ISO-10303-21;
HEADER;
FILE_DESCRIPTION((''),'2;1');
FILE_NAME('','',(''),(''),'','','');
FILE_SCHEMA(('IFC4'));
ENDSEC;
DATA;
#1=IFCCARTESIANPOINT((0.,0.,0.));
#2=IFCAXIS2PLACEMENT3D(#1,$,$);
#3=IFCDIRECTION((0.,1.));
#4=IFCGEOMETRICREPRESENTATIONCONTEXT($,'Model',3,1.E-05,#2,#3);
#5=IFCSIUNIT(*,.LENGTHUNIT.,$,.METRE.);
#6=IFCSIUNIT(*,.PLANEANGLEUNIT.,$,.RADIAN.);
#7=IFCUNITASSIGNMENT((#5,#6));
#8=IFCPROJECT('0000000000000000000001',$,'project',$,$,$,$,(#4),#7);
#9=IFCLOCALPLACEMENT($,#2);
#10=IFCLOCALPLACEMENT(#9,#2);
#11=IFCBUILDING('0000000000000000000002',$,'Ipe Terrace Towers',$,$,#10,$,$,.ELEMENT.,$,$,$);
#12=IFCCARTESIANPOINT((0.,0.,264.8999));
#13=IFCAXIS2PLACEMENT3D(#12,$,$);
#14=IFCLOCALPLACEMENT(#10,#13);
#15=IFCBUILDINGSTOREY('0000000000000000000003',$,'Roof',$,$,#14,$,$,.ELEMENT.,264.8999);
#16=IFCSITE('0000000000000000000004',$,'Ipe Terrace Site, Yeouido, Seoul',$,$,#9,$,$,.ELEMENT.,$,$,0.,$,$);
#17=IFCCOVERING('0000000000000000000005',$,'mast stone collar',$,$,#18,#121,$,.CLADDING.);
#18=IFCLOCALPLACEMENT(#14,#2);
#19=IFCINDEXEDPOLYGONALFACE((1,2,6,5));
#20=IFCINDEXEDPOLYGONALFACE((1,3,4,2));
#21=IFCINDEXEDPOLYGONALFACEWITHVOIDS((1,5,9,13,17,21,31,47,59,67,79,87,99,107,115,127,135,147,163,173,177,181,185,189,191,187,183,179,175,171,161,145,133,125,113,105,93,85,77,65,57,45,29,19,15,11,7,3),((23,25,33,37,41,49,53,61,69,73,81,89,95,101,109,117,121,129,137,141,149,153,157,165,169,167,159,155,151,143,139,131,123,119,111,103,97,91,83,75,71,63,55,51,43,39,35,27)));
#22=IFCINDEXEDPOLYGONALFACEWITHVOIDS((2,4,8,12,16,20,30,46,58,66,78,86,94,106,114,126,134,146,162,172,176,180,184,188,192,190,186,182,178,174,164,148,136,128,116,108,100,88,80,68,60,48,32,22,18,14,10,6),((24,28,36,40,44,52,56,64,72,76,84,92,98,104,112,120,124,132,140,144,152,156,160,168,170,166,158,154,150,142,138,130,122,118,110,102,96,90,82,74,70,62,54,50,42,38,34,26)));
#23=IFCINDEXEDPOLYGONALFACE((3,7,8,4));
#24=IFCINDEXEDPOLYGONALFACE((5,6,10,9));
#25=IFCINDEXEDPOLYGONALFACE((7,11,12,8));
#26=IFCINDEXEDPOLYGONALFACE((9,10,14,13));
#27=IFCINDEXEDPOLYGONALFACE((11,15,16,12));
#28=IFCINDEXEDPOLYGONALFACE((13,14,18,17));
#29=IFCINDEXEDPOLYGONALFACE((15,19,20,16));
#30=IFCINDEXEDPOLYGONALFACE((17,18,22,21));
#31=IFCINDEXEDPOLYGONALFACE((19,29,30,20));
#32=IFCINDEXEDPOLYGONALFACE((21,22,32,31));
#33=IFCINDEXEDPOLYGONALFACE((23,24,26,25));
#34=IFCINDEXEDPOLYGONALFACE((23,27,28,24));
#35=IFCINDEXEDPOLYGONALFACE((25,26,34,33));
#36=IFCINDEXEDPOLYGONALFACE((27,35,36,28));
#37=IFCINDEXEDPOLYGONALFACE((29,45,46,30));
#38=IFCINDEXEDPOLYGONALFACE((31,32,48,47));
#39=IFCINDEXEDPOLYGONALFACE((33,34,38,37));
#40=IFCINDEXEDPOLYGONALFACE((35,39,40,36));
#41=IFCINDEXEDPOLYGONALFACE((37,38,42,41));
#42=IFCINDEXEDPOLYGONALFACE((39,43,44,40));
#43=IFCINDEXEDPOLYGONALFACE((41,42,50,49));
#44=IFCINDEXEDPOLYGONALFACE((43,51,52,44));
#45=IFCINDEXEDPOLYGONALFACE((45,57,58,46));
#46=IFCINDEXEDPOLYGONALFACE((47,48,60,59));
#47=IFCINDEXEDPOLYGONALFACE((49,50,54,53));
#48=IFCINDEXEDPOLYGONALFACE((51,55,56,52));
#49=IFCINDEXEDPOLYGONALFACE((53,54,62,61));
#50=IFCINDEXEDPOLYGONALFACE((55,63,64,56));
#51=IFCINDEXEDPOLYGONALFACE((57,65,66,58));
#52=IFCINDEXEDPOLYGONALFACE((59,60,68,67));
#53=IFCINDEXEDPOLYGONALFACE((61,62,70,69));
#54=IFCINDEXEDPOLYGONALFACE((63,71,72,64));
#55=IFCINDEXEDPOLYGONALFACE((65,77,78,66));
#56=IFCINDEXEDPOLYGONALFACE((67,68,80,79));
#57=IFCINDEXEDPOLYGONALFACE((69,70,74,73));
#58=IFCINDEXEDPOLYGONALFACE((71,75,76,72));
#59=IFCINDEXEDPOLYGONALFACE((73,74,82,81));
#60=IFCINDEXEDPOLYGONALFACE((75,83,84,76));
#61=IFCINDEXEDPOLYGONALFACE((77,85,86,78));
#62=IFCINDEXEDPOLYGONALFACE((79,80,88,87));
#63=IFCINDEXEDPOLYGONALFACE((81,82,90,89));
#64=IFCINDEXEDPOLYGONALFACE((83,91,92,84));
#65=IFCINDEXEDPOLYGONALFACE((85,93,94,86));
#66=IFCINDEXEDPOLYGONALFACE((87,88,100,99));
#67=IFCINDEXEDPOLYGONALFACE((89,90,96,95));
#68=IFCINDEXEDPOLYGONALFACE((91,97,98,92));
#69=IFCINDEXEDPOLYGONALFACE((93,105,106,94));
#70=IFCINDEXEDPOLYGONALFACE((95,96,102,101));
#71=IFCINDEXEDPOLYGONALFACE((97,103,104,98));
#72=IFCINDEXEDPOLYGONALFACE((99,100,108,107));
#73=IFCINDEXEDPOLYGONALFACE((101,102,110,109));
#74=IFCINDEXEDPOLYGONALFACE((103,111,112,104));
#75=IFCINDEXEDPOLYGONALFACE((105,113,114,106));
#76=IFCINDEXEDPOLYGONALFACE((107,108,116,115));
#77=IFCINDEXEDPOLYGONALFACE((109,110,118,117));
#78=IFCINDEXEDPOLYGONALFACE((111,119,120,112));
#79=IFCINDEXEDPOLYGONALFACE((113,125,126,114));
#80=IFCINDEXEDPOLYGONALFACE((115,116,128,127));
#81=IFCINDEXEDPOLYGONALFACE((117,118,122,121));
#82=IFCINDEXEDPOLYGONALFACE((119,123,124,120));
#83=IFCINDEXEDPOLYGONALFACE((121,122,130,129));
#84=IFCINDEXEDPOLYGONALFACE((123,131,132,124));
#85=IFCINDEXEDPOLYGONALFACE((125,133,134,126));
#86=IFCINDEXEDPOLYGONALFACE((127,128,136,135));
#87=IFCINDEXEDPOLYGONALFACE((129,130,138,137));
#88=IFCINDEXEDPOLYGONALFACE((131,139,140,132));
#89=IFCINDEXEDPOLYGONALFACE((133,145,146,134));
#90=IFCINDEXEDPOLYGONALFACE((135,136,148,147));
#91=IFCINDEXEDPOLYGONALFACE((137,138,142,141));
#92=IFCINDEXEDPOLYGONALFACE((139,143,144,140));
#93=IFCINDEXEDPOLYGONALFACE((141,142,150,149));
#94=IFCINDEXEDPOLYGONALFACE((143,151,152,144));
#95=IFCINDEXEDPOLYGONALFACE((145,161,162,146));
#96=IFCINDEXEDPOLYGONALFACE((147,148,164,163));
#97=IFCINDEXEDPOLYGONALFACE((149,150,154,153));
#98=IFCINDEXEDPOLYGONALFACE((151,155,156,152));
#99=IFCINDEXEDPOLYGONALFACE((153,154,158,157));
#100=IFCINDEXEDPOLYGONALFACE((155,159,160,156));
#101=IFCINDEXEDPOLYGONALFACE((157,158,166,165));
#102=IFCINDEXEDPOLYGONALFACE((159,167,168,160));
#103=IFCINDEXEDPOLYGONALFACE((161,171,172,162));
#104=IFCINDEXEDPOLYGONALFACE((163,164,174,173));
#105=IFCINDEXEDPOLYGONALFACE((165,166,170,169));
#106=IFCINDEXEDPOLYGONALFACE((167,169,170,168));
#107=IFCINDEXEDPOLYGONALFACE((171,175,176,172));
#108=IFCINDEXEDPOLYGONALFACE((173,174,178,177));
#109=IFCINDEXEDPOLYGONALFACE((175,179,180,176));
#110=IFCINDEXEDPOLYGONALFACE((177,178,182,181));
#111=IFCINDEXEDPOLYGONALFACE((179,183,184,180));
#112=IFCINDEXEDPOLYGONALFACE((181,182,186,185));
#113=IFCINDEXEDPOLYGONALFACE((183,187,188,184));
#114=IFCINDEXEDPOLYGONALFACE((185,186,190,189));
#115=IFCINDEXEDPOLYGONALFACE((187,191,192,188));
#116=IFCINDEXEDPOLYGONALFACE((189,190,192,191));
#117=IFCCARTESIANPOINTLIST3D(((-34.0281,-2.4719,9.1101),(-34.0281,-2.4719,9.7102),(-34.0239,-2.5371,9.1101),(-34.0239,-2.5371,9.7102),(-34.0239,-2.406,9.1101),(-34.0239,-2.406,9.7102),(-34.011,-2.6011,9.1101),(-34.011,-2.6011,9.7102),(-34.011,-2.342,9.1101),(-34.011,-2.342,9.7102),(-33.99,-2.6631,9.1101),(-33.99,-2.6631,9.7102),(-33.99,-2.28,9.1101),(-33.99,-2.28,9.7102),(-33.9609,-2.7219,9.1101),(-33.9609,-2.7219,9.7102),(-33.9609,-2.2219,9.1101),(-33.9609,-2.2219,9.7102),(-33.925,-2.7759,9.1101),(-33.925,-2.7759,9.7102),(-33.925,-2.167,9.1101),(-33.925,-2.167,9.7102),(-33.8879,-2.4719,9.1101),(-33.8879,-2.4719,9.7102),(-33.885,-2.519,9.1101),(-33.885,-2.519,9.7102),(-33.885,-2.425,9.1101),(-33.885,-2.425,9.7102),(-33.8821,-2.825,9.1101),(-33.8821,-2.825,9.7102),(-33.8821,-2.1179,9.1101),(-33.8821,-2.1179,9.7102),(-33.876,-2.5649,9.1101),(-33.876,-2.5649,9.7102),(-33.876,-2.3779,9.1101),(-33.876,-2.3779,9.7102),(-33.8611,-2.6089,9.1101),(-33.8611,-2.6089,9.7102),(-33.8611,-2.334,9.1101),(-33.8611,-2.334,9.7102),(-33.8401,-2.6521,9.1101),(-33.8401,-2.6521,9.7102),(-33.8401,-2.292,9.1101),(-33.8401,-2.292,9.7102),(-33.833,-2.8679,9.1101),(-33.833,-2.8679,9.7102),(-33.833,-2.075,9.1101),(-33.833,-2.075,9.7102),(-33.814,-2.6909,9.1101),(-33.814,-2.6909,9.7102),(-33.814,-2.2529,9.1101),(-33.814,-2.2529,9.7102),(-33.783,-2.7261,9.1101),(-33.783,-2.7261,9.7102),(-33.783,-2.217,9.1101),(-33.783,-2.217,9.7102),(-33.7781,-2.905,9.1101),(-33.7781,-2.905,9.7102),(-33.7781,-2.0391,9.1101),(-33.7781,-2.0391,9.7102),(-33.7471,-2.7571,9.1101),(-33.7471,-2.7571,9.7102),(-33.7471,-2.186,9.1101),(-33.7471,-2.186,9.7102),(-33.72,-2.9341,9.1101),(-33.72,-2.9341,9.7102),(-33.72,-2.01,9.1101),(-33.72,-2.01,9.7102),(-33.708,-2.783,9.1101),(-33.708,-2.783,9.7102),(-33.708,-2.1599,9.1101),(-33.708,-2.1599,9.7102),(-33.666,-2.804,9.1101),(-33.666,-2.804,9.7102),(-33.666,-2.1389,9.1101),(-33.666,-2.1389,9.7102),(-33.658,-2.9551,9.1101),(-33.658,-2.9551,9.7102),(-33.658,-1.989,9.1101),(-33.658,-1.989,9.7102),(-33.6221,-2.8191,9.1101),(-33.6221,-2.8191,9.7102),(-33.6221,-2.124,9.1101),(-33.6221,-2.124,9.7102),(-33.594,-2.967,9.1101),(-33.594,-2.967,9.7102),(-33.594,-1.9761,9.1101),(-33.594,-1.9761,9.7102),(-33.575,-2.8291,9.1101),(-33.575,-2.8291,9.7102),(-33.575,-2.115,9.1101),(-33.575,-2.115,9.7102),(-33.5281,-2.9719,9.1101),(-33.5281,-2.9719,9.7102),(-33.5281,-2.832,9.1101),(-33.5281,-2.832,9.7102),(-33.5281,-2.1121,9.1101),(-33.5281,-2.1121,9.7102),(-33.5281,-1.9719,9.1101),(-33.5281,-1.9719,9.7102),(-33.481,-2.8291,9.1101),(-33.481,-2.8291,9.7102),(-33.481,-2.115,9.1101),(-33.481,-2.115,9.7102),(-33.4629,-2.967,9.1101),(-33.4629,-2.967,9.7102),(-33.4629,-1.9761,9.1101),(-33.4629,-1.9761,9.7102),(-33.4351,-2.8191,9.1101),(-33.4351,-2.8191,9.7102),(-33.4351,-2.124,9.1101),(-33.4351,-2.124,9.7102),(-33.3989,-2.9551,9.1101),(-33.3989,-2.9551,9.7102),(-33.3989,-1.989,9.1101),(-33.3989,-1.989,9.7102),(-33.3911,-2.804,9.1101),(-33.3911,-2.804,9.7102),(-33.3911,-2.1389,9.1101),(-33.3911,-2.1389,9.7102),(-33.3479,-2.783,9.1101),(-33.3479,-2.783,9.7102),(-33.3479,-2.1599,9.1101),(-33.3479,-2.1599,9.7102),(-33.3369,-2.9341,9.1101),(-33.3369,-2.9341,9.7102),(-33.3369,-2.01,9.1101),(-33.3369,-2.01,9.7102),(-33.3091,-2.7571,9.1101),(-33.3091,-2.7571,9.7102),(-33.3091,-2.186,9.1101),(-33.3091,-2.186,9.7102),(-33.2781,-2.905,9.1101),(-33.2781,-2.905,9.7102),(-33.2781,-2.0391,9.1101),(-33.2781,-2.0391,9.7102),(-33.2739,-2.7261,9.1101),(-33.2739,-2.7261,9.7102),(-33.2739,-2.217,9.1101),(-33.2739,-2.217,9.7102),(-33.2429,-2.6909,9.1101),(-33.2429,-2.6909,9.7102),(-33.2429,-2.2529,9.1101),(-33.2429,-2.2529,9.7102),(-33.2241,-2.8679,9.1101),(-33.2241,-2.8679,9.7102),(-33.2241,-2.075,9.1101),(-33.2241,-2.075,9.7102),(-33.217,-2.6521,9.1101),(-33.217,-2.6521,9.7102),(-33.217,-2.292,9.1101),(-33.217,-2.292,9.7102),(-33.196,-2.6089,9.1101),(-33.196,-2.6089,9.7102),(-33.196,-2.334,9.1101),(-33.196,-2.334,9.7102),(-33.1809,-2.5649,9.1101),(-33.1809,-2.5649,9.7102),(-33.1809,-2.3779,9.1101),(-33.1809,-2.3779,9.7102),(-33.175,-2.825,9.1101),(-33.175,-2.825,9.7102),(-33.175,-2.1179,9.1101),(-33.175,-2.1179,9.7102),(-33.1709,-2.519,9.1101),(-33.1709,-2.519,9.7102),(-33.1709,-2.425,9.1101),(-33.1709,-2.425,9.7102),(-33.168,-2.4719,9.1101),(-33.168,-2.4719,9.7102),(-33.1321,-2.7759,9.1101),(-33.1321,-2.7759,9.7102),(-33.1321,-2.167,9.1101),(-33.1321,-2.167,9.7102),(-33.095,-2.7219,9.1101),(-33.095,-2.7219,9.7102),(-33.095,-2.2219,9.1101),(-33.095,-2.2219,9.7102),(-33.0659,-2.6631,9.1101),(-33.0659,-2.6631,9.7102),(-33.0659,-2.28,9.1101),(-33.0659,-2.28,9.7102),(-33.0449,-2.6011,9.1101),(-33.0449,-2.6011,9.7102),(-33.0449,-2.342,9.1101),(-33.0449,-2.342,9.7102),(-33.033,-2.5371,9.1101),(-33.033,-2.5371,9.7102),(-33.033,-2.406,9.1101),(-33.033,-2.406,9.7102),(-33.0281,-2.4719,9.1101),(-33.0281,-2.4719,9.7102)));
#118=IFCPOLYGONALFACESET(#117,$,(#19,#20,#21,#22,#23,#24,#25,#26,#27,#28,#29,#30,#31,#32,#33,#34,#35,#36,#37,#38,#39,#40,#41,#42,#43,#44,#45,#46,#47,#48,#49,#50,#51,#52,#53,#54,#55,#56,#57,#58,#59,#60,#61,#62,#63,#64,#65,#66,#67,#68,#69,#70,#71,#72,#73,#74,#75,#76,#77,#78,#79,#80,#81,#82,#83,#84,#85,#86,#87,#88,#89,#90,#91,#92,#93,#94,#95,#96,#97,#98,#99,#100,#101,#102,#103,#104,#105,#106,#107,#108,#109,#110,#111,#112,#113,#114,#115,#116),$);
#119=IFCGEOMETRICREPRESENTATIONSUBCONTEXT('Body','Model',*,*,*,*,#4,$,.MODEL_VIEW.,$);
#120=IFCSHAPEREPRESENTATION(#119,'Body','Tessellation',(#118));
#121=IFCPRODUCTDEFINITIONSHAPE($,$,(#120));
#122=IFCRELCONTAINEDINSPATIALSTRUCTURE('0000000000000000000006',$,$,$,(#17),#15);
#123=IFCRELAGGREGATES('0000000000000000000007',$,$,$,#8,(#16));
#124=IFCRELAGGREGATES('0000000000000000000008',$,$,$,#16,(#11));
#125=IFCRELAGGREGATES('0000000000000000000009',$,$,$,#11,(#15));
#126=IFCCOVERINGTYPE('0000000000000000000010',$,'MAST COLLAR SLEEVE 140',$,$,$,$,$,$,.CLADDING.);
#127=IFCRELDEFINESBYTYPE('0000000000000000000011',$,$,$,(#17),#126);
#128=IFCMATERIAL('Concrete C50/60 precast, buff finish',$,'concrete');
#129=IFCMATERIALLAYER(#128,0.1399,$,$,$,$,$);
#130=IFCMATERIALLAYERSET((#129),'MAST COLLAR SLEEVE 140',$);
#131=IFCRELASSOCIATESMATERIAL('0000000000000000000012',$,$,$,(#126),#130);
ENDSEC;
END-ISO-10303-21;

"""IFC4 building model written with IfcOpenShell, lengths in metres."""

from ifc_helpers import new_model, si_unit, direction, frame, origin, place, context, subcontext, project, spatial, polyline, outline, extrude, material, layer, layer_set, type_object, element, save


model = new_model("IFC4")

# Units and contexts
model_context = context("Model", 3, precision=1e-05, world=origin(), true_north=direction((0.0, 1.0)))
body_context = subcontext(model_context, "Body", "Model", "MODEL_VIEW")
ifc_project = project(units=[si_unit("LENGTHUNIT", "METRE"), si_unit("PLANEANGLEUNIT", "RADIAN")], contexts=[model_context])

# Site, building, storey
site_placement = place(None, origin())
site = spatial("IfcSite", under=ifc_project, at=site_placement, Name="Ipe Terrace Site, Yeouido, Seoul", CompositionType="ELEMENT", RefElevation=0.0)
building_placement = place(site_placement, origin())
building = spatial("IfcBuilding", under=site, at=building_placement, Name="Ipe Terrace Towers", CompositionType="ELEMENT")
storey_placement = place(building_placement, frame((0.0, 0.0, 264.8999)))
storey = spatial("IfcBuildingStorey", under=building, at=storey_placement, Name="Roof", CompositionType="ELEMENT", Elevation=264.8999)

# Covering
ifc_material_1 = material(Name="Concrete C50/60 precast, buff finish", Category="concrete")
ifc_layer_1 = layer(ifc_material_1, 0.1399)
ifc_layer_set_1 = layer_set([ifc_layer_1], Name="MAST COLLAR SLEEVE 140")
covering_type = type_object("IfcCoveringType", Name="MAST COLLAR SLEEVE 140", PredefinedType="CLADDING", material=ifc_layer_set_1)
covering_1_placement = place(storey_placement, frame((0.0, 0.0, 9.1101)))
element("IfcCovering", 1, at=covering_1_placement, inside=storey, type_object=covering_type, Name="mast stone collar", PredefinedType="CLADDING", context=body_context, shape_type="SweptSolid", body=[
    extrude(outline(polyline([(-33.033, -2.5371), (-33.0449, -2.6011), (-33.0659, -2.6631), (-33.095, -2.7219), (-33.1321, -2.7759), (-33.175, -2.825), (-33.2241, -2.8679), (-33.2781, -2.905), (-33.3369, -2.9341), (-33.3989, -2.9551), (-33.4629, -2.967), (-33.5281, -2.9719), (-33.594, -2.967), (-33.658, -2.9551), (-33.72, -2.9341), (-33.7781, -2.905), (-33.833, -2.8679), (-33.8821, -2.825), (-33.925, -2.7759), (-33.9609, -2.7219), (-33.99, -2.6631), (-34.011, -2.6011), (-34.0239, -2.5371), (-34.0281, -2.4719), (-34.0239, -2.406), (-34.011, -2.342), (-33.99, -2.28), (-33.9609, -2.2219), (-33.925, -2.167), (-33.8821, -2.1179), (-33.833, -2.075), (-33.7781, -2.0391), (-33.72, -2.01), (-33.658, -1.989), (-33.594, -1.9761), (-33.5281, -1.9719), (-33.4629, -1.9761), (-33.3989, -1.989), (-33.3369, -2.01), (-33.2781, -2.0391), (-33.2241, -2.075), (-33.175, -2.1179), (-33.1321, -2.167), (-33.095, -2.2219), (-33.0659, -2.28), (-33.0449, -2.342), (-33.033, -2.406), (-33.0281, -2.4719), (-33.033, -2.5371)]), holes=[polyline([(-33.1709, -2.425), (-33.1809, -2.3779), (-33.196, -2.334), (-33.217, -2.292), (-33.2429, -2.2529), (-33.2739, -2.217), (-33.3091, -2.186), (-33.3479, -2.1599), (-33.3911, -2.1389), (-33.4351, -2.124), (-33.481, -2.115), (-33.5281, -2.1121), (-33.575, -2.115), (-33.6221, -2.124), (-33.666, -2.1389), (-33.708, -2.1599), (-33.7471, -2.186), (-33.783, -2.217), (-33.814, -2.2529), (-33.8401, -2.292), (-33.8611, -2.334), (-33.876, -2.3779), (-33.885, -2.425), (-33.8879, -2.4719), (-33.885, -2.519), (-33.876, -2.5649), (-33.8611, -2.6089), (-33.8401, -2.6521), (-33.814, -2.6909), (-33.783, -2.7261), (-33.7471, -2.7571), (-33.708, -2.783), (-33.666, -2.804), (-33.6221, -2.8191), (-33.575, -2.8291), (-33.5281, -2.832), (-33.481, -2.8291), (-33.4351, -2.8191), (-33.3911, -2.804), (-33.3479, -2.783), (-33.3091, -2.7571), (-33.2739, -2.7261), (-33.2429, -2.6909), (-33.217, -2.6521), (-33.196, -2.6089), (-33.1809, -2.5649), (-33.1709, -2.519), (-33.168, -2.4719), (-33.1709, -2.425)])]), origin(), (0.0, 0.0, 1.0), 0.6001),
])

save(model, "model.ifc")
